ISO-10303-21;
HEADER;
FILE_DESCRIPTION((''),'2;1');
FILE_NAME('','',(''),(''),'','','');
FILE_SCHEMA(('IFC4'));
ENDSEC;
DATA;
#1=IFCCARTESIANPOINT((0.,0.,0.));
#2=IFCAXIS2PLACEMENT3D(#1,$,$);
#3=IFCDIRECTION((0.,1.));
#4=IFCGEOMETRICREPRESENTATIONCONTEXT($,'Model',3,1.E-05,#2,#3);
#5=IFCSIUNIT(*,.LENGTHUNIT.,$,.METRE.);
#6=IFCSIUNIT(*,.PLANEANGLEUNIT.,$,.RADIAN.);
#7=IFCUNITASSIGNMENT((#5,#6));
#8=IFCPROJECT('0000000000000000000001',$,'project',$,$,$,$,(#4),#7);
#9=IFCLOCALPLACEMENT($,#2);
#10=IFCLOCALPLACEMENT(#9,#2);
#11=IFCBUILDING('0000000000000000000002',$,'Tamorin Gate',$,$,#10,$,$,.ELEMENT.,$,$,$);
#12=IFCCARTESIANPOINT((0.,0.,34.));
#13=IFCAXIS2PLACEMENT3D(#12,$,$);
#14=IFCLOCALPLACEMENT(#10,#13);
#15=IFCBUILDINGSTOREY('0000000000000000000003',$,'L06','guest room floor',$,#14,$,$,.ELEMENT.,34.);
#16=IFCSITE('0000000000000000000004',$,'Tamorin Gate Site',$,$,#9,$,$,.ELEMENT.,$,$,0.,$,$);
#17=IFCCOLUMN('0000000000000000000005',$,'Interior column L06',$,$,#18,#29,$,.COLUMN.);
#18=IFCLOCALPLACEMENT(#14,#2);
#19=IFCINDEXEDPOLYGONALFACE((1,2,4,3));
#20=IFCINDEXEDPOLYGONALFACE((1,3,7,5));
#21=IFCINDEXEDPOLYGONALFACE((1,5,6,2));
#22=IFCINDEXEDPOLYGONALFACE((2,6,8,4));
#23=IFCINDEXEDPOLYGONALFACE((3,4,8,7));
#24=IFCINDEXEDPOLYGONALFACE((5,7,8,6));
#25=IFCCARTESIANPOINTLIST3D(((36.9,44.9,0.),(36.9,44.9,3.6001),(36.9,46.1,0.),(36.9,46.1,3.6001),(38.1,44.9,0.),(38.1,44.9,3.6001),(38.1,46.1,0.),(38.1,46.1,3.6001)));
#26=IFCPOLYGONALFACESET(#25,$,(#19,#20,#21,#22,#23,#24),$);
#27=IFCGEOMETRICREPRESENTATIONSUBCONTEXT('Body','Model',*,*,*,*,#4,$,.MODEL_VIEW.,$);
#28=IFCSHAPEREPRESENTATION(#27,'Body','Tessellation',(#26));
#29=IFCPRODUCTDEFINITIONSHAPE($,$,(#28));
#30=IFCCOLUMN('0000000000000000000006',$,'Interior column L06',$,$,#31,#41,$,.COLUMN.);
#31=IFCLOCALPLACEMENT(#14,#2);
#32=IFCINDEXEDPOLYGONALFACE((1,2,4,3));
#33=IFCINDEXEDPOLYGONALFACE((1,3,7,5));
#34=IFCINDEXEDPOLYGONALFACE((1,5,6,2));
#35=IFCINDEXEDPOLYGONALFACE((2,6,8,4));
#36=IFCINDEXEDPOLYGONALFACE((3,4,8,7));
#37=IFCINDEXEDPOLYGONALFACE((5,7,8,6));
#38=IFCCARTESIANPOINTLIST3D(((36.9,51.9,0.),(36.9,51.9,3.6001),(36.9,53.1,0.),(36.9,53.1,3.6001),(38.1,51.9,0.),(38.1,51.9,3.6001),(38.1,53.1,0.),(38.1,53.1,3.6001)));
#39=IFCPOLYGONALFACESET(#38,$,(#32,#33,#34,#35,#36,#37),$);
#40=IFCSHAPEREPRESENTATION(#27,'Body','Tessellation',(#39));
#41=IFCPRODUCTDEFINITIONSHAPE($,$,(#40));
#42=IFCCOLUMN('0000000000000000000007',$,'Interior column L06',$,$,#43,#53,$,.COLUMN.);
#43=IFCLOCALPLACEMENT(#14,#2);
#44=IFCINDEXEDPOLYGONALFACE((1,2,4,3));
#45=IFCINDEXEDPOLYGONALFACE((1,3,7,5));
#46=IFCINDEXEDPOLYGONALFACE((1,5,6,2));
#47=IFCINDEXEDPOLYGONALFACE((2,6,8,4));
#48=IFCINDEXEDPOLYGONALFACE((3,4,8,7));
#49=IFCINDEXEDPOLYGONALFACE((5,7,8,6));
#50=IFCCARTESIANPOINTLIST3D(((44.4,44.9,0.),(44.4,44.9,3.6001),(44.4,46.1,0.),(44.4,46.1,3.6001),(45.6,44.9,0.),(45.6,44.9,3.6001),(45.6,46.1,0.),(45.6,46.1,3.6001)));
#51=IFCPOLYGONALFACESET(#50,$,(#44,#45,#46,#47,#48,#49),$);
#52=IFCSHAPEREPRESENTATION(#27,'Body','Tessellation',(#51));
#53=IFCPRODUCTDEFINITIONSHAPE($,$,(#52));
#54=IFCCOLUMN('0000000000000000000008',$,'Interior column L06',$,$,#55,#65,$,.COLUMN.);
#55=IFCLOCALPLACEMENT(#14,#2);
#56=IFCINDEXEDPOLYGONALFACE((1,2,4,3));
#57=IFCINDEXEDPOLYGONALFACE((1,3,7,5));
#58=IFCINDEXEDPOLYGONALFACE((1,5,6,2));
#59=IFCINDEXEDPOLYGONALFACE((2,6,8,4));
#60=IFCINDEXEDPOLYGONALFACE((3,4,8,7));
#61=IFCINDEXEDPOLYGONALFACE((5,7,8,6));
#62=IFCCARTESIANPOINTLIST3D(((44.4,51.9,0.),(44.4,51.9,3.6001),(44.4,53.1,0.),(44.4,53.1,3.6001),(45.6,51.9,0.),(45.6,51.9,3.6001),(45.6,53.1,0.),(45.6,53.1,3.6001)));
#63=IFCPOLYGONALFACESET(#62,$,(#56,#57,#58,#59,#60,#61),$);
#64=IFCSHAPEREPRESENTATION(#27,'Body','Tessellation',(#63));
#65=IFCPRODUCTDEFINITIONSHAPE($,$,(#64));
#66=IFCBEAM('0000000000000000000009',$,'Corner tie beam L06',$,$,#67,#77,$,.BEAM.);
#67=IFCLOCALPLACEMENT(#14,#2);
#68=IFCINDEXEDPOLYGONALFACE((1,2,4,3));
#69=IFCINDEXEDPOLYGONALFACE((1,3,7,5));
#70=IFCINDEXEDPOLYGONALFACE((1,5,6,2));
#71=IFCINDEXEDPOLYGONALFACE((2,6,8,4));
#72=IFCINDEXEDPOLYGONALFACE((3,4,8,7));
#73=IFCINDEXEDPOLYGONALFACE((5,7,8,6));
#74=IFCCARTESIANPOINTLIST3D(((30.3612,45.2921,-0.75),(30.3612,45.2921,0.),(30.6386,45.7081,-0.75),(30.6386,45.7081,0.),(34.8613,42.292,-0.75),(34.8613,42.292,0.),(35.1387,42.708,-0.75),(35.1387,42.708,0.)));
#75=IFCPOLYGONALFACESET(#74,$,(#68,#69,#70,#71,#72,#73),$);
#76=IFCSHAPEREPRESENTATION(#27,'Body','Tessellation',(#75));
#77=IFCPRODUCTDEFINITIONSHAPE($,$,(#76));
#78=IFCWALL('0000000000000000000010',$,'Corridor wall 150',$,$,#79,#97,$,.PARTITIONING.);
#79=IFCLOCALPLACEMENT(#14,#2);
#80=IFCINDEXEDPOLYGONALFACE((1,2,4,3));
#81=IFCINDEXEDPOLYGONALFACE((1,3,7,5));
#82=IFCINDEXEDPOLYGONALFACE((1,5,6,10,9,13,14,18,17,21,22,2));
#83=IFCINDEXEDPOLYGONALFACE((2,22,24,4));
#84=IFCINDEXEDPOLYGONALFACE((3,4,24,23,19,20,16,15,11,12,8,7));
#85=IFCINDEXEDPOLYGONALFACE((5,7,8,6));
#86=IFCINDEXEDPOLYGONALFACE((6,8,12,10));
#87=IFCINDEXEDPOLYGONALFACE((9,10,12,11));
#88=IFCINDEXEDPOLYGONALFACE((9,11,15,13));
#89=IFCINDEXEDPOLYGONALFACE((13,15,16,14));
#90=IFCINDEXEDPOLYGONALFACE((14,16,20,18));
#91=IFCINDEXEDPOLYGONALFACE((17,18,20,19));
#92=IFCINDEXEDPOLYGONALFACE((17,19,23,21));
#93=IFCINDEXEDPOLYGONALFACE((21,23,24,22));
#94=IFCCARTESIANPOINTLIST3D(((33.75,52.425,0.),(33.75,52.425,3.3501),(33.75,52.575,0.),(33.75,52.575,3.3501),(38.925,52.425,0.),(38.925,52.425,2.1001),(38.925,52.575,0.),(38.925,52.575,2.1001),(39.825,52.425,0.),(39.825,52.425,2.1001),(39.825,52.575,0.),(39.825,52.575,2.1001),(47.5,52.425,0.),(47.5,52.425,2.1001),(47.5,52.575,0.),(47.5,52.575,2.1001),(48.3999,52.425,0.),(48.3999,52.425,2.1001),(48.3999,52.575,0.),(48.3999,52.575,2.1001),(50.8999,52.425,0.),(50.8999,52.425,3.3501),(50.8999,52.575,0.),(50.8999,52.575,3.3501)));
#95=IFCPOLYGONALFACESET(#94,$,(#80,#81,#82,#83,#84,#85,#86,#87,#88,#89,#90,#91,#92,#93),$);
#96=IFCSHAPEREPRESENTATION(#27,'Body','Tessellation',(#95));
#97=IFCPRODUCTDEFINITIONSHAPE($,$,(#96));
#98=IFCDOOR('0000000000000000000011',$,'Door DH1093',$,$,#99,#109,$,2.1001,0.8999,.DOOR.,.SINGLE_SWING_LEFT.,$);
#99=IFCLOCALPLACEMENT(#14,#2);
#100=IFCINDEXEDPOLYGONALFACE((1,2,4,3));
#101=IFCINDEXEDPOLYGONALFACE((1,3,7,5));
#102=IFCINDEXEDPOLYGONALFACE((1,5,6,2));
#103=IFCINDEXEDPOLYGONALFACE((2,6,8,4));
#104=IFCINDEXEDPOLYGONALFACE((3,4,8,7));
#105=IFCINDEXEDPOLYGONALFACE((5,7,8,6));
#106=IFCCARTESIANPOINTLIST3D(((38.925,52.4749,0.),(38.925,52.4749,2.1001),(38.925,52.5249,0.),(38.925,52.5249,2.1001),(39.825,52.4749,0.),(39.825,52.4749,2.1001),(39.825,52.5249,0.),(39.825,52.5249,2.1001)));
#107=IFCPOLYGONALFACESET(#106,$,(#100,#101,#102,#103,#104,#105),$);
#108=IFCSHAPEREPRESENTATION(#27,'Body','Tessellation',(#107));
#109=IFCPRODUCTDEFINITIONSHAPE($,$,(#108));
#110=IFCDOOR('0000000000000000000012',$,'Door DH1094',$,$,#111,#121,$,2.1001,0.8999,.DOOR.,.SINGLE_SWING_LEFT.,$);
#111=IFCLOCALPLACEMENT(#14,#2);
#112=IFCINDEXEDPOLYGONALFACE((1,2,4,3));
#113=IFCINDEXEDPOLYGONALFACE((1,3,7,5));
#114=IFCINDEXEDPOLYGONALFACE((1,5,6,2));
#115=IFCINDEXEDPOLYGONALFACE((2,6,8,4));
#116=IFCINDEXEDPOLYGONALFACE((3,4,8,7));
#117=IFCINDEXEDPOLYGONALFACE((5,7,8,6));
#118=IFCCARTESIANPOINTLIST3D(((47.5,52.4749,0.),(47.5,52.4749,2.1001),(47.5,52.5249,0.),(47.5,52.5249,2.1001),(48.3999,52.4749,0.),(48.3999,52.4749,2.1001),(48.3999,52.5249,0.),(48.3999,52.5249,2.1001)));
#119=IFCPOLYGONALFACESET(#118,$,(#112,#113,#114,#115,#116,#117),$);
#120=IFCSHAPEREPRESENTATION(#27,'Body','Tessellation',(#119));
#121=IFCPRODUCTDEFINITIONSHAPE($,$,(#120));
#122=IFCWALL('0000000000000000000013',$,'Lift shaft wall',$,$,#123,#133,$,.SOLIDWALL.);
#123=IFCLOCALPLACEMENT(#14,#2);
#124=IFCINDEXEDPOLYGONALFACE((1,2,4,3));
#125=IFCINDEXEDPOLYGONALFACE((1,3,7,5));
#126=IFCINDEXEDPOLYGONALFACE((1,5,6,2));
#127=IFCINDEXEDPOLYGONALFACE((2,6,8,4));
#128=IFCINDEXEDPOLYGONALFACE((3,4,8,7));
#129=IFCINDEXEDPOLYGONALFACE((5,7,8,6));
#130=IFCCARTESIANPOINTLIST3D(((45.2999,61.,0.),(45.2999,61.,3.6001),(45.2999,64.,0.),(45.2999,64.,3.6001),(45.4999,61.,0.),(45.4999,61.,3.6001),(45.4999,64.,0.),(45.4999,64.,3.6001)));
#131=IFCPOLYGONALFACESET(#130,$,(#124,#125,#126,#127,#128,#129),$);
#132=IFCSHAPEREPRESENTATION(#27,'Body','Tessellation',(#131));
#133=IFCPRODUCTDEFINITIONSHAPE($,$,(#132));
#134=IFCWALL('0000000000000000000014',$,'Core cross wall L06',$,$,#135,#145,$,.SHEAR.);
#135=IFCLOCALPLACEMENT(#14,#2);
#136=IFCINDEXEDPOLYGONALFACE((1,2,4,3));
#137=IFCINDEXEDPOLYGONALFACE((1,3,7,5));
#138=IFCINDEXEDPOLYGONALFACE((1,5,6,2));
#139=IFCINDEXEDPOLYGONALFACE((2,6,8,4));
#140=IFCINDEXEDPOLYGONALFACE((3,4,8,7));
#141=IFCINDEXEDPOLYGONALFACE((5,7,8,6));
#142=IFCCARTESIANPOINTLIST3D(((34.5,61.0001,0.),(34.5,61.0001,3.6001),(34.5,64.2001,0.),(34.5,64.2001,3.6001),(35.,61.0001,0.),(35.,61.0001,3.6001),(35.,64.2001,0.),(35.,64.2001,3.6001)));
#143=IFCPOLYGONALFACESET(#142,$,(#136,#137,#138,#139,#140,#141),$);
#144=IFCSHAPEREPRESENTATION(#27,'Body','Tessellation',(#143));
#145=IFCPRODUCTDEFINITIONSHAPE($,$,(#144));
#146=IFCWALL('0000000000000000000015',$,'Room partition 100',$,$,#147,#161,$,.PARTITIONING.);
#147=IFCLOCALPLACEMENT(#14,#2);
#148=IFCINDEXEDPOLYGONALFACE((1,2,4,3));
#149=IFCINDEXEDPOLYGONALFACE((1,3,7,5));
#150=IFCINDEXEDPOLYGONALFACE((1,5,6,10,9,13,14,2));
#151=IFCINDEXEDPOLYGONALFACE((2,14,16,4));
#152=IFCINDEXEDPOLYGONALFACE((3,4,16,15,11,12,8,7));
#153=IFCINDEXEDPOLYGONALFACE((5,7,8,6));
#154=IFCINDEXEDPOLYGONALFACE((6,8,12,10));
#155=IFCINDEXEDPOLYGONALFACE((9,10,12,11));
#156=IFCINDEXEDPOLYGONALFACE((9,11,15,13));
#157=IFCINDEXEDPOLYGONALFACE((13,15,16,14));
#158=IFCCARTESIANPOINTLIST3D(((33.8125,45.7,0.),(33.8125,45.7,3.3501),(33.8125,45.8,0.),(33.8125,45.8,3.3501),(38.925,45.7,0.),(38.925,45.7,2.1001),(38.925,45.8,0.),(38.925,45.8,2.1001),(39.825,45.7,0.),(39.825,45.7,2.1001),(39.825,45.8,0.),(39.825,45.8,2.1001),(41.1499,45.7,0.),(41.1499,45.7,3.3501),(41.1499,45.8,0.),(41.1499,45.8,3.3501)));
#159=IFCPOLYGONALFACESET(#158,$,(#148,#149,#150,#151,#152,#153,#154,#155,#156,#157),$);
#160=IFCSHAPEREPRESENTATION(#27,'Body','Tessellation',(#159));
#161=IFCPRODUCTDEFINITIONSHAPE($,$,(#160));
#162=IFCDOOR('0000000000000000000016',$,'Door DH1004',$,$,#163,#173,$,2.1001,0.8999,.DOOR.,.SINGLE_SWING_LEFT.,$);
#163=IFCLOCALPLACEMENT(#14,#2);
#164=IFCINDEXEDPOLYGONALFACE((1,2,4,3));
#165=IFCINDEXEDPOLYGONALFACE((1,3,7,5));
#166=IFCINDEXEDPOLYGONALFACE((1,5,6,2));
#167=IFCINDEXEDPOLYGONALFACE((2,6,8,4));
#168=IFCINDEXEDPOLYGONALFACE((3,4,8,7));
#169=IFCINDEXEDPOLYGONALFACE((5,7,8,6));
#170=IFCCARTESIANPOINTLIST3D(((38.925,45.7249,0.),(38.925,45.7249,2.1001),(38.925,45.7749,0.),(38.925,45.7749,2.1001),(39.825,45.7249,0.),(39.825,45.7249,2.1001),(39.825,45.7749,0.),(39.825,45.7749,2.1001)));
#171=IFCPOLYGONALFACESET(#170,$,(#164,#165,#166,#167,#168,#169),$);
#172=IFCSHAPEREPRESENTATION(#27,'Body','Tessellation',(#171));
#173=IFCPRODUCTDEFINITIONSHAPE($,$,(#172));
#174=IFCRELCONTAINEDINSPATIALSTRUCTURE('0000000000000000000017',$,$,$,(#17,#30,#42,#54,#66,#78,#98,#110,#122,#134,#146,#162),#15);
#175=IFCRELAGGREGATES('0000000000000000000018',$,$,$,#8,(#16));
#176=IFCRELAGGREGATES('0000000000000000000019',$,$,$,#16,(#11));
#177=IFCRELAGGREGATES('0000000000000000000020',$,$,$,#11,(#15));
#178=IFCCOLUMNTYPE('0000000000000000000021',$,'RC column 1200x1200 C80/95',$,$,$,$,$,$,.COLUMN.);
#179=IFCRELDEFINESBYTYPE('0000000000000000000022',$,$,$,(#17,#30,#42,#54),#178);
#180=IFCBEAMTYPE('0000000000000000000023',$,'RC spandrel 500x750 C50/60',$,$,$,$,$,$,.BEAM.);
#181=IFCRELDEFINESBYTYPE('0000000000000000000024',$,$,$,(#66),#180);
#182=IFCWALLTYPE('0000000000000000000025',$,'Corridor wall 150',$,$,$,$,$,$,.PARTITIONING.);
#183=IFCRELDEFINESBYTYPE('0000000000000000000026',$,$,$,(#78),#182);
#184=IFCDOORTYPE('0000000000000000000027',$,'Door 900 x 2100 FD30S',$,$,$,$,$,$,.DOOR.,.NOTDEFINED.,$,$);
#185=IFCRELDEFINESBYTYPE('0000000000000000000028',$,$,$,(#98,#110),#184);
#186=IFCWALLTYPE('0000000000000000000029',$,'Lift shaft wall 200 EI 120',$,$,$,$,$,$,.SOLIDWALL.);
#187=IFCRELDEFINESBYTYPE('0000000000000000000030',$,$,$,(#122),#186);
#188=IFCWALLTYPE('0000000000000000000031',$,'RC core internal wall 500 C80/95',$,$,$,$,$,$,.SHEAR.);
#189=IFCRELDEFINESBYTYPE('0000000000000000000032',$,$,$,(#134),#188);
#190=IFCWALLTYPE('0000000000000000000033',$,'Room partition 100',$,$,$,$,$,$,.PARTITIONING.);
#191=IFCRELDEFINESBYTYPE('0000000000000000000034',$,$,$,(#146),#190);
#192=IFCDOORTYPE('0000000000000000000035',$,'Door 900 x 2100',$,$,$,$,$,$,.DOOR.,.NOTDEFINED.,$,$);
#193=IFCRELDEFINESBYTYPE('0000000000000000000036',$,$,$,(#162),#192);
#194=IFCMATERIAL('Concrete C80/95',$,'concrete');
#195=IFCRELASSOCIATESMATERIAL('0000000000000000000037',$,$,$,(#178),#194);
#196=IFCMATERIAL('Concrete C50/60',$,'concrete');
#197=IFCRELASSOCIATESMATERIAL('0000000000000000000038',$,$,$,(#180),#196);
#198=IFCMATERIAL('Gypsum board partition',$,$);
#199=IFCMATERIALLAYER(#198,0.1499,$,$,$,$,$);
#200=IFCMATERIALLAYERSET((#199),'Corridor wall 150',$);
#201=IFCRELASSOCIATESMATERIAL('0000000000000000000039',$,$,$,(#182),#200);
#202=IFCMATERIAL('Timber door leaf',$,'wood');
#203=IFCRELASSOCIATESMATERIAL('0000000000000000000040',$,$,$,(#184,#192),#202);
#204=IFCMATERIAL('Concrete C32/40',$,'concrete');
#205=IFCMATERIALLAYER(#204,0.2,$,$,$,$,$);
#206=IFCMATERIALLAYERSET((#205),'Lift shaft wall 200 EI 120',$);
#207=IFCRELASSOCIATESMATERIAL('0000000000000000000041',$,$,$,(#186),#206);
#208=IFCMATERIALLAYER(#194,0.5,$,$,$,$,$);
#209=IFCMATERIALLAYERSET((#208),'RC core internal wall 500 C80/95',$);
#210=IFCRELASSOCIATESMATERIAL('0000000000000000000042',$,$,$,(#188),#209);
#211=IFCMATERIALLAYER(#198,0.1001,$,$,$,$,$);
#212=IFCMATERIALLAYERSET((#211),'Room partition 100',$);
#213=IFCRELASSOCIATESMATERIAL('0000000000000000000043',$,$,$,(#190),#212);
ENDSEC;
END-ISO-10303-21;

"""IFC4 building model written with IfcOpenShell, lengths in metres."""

from ifc_helpers import new_model, si_unit, direction, frame, frame_2d, origin, origin_2d, place, context, subcontext, project, spatial, rectangle, extrude, material, layer, layer_set, material_profile, profile_set, type_object, element, fill, save


model = new_model("IFC4")

# Units and contexts
model_context = context("Model", 3, precision=1e-05, world=origin(), true_north=direction((0.0, 1.0)))
body_context = subcontext(model_context, "Body", "Model", "MODEL_VIEW")
ifc_project = project(units=[si_unit("LENGTHUNIT", "METRE"), si_unit("PLANEANGLEUNIT", "RADIAN")], contexts=[model_context])

# Site, building, storey
site_placement = place(None, origin())
site = spatial("IfcSite", under=ifc_project, at=site_placement, Name="Tamorin Gate Site", CompositionType="ELEMENT", RefElevation=0.0)
building_placement = place(site_placement, origin())
building = spatial("IfcBuilding", under=site, at=building_placement, Name="Tamorin Gate", CompositionType="ELEMENT")
storey_placement = place(building_placement, frame((0.0, 0.0, 34.0)))
storey = spatial("IfcBuildingStorey", under=building, at=storey_placement, Name="L06", Description="guest room floor", CompositionType="ELEMENT", Elevation=34.0)

# Columns
ifc_material_1 = material(Name="Concrete C80/95", Category="concrete")
ifc_material_profile_1 = material_profile(ifc_material_1, rectangle(XDim=1.2, YDim=1.2, at=origin_2d()), Name="RC 1200x1200")
ifc_profile_set_1 = profile_set([ifc_material_profile_1], Name="Concrete C80/95")
column_type = type_object("IfcColumnType", Name="RC column 1200x1200 C80/95", PredefinedType="COLUMN", material=ifc_profile_set_1)
for number, where, z_axis, x_axis, name in (
    (1, (37.5, 45.5, 0.0), (0.0, 0.0, 1.0), (1.0, 0.0, 0.0), "Interior column L06"),
    (2, (37.5, 52.5, 0.0), (0.0, 0.0, 1.0), (1.0, 0.0, 0.0), "Interior column L06"),
    (3, (45.0, 45.5, 0.0), (0.0, 0.0, 1.0), (1.0, 0.0, 0.0), "Interior column L06"),
    (4, (45.0, 52.5, 0.0), (0.0, 0.0, 1.0), (1.0, 0.0, 0.0), "Interior column L06"),
):
    element("IfcColumn", number, at=place(storey_placement, frame(where, z_axis=z_axis, x_axis=x_axis)), inside=storey, type_object=column_type, Name=name, PredefinedType="COLUMN", context=body_context, shape_type="SweptSolid", body=[
        extrude(rectangle(XDim=1.2, YDim=1.2, at=origin_2d()), origin(), (0.0, 0.0, 1.0), 3.6001),
    ])

# Beam
ifc_material_2 = material(Name="Concrete C50/60", Category="concrete")
ifc_material_profile_2 = material_profile(ifc_material_2, rectangle(XDim=0.5, YDim=0.75, at=origin_2d()), Name="RC 500x750")
ifc_profile_set_2 = profile_set([ifc_material_profile_2], Name="Concrete C50/60")
beam_type = type_object("IfcBeamType", Name="RC spandrel 500x750 C50/60", PredefinedType="BEAM", material=ifc_profile_set_2)
beam_placement = place(storey_placement, frame((35.0, 42.5, -0.375), z_axis=(-0.83205, 0.5547, 0.0), x_axis=(-0.5547, -0.83205, 0.0)))
element("IfcBeam", 5, at=beam_placement, inside=storey, type_object=beam_type, Name="Corner tie beam L06", PredefinedType="BEAM", context=body_context, shape_type="SweptSolid", body=[
    extrude(rectangle(XDim=0.5, YDim=0.75, at=origin_2d()), origin(), (0.0, 0.0, 1.0), 5.4084),
])

# Wall, openings, doors
ifc_material_3 = material(Name="Gypsum board partition")
ifc_layer_1 = layer(ifc_material_3, 0.1499)
ifc_layer_set_1 = layer_set([ifc_layer_1], Name="Corridor wall 150")
wall_type_1 = type_object("IfcWallType", Name="Corridor wall 150", PredefinedType="PARTITIONING", material=ifc_layer_set_1)
wall_1_placement = place(storey_placement, frame((33.75, 52.5, 0.0), z_axis=(0.0, 0.0, 1.0), x_axis=(1.0, 0.0, 0.0)))
wall_1 = element("IfcWall", 6, at=wall_1_placement, inside=storey, type_object=wall_type_1, Name="Corridor wall 150", PredefinedType="PARTITIONING", context=body_context, shape_type="SweptSolid", body=[
    extrude(rectangle(XDim=17.1499, YDim=0.1499, at=frame_2d((8.575, 0.0))), origin(), (0.0, 0.0, 1.0), 3.3501),
])
opening_1_placement = place(wall_1_placement, frame((5.175, 0.0, 0.0)))
opening_1 = element("IfcOpeningElement", 7, at=opening_1_placement, cuts=wall_1, PredefinedType="OPENING", context=body_context, shape_type="SweptSolid", body=[
    extrude(rectangle(XDim=0.8999, YDim=2.1001, at=frame_2d((0.45, 1.05))), frame((0.0, 0.085, 0.0), z_axis=(0.0, -1.0, 0.0), x_axis=(1.0, 0.0, 0.0)), (0.0, 0.0, 1.0), 0.1699),
])
opening_2_placement = place(wall_1_placement, frame((13.75, 0.0, 0.0)))
opening_2 = element("IfcOpeningElement", 8, at=opening_2_placement, cuts=wall_1, PredefinedType="OPENING", context=body_context, shape_type="SweptSolid", body=[
    extrude(rectangle(XDim=0.8999, YDim=2.1001, at=frame_2d((0.45, 1.05))), frame((0.0, 0.085, 0.0), z_axis=(0.0, -1.0, 0.0), x_axis=(1.0, 0.0, 0.0)), (0.0, 0.0, 1.0), 0.1699),
])
ifc_material_4 = material(Name="Timber door leaf", Category="wood")
door_type_1 = type_object("IfcDoorType", Name="Door 900 x 2100 FD30S", OperationType="NOTDEFINED", PredefinedType="DOOR", material=ifc_material_4)
door_1_placement = place(opening_1_placement, origin())
door_1 = element("IfcDoor", 9, at=door_1_placement, inside=storey, type_object=door_type_1, Name="Door DH1093", OperationType="SINGLE_SWING_LEFT", OverallHeight=2.1001, OverallWidth=0.8999, PredefinedType="DOOR", context=body_context, shape_type="SweptSolid", body=[
    extrude(rectangle(XDim=0.8999, YDim=2.1001, at=frame_2d((0.45, 1.05))), frame((0.0, 0.0249, 0.0), z_axis=(0.0, -1.0, 0.0), x_axis=(1.0, 0.0, 0.0)), (0.0, 0.0, 1.0), 0.05),
])
fill(opening_1, door_1)
door_2_placement = place(opening_2_placement, origin())
door_2 = element("IfcDoor", 10, at=door_2_placement, inside=storey, type_object=door_type_1, Name="Door DH1094", OperationType="SINGLE_SWING_LEFT", OverallHeight=2.1001, OverallWidth=0.8999, PredefinedType="DOOR", context=body_context, shape_type="SweptSolid", body=[
    extrude(rectangle(XDim=0.8999, YDim=2.1001, at=frame_2d((0.45, 1.05))), frame((0.0, 0.0249, 0.0), z_axis=(0.0, -1.0, 0.0), x_axis=(1.0, 0.0, 0.0)), (0.0, 0.0, 1.0), 0.05),
])
fill(opening_2, door_2)

# Walls
ifc_material_5 = material(Name="Concrete C32/40", Category="concrete")
ifc_layer_2 = layer(ifc_material_5, 0.2)
ifc_layer_set_2 = layer_set([ifc_layer_2], Name="Lift shaft wall 200 EI 120")
wall_type_2 = type_object("IfcWallType", Name="Lift shaft wall 200 EI 120", PredefinedType="SOLIDWALL", material=ifc_layer_set_2)
wall_2_placement = place(storey_placement, frame((45.3999, 61.0, 0.0), z_axis=(0.0, 0.0, 1.0), x_axis=(0.0, 1.0, 0.0)))
element("IfcWall", 11, at=wall_2_placement, inside=storey, type_object=wall_type_2, Name="Lift shaft wall", PredefinedType="SOLIDWALL", context=body_context, shape_type="SweptSolid", body=[
    extrude(rectangle(XDim=3.0, YDim=0.2, at=frame_2d((1.5, 0.0))), origin(), (0.0, 0.0, 1.0), 3.6001),
])
ifc_layer_3 = layer(ifc_material_1, 0.5)
ifc_layer_set_3 = layer_set([ifc_layer_3], Name="RC core internal wall 500 C80/95")
wall_type_3 = type_object("IfcWallType", Name="RC core internal wall 500 C80/95", PredefinedType="SHEAR", material=ifc_layer_set_3)
wall_3_placement = place(storey_placement, frame((34.75, 61.0, 0.0), z_axis=(0.0, 0.0, 1.0), x_axis=(0.0, 1.0, 0.0)))
element("IfcWall", 12, at=wall_3_placement, inside=storey, type_object=wall_type_3, Name="Core cross wall L06", PredefinedType="SHEAR", context=body_context, shape_type="SweptSolid", body=[
    extrude(rectangle(XDim=3.2, YDim=0.5, at=frame_2d((1.6001, 0.0))), origin(), (0.0, 0.0, 1.0), 3.6001),
])

# Wall, opening, door
ifc_layer_4 = layer(ifc_material_3, 0.1001)
ifc_layer_set_4 = layer_set([ifc_layer_4], Name="Room partition 100")
wall_type_4 = type_object("IfcWallType", Name="Room partition 100", PredefinedType="PARTITIONING", material=ifc_layer_set_4)
wall_4_placement = place(storey_placement, frame((33.8125, 45.75, 0.0), z_axis=(0.0, 0.0, 1.0), x_axis=(1.0, 0.0, 0.0)))
wall_4 = element("IfcWall", 13, at=wall_4_placement, inside=storey, type_object=wall_type_4, Name="Room partition 100", PredefinedType="PARTITIONING", context=body_context, shape_type="SweptSolid", body=[
    extrude(rectangle(XDim=7.3374, YDim=0.1001, at=frame_2d((3.6687, 0.0))), origin(), (0.0, 0.0, 1.0), 3.3501),
])
opening_3_placement = place(wall_4_placement, frame((5.1125, 0.0, 0.0)))
opening_3 = element("IfcOpeningElement", 14, at=opening_3_placement, cuts=wall_4, PredefinedType="OPENING", context=body_context, shape_type="SweptSolid", body=[
    extrude(rectangle(XDim=0.8999, YDim=2.1001, at=frame_2d((0.45, 1.05))), frame((0.0, 0.0601, 0.0), z_axis=(0.0, -1.0, 0.0), x_axis=(1.0, 0.0, 0.0)), (0.0, 0.0, 1.0), 0.1201),
])
door_type_2 = type_object("IfcDoorType", Name="Door 900 x 2100", OperationType="NOTDEFINED", PredefinedType="DOOR", material=ifc_material_4)
door_3_placement = place(opening_3_placement, origin())
door_3 = element("IfcDoor", 15, at=door_3_placement, inside=storey, type_object=door_type_2, Name="Door DH1004", OperationType="SINGLE_SWING_LEFT", OverallHeight=2.1001, OverallWidth=0.8999, PredefinedType="DOOR", context=body_context, shape_type="SweptSolid", body=[
    extrude(rectangle(XDim=0.8999, YDim=2.1001, at=frame_2d((0.45, 1.05))), frame((0.0, 0.0249, 0.0), z_axis=(0.0, -1.0, 0.0), x_axis=(1.0, 0.0, 0.0)), (0.0, 0.0, 1.0), 0.05),
])
fill(opening_3, door_3)

save(model, "model.ifc")
